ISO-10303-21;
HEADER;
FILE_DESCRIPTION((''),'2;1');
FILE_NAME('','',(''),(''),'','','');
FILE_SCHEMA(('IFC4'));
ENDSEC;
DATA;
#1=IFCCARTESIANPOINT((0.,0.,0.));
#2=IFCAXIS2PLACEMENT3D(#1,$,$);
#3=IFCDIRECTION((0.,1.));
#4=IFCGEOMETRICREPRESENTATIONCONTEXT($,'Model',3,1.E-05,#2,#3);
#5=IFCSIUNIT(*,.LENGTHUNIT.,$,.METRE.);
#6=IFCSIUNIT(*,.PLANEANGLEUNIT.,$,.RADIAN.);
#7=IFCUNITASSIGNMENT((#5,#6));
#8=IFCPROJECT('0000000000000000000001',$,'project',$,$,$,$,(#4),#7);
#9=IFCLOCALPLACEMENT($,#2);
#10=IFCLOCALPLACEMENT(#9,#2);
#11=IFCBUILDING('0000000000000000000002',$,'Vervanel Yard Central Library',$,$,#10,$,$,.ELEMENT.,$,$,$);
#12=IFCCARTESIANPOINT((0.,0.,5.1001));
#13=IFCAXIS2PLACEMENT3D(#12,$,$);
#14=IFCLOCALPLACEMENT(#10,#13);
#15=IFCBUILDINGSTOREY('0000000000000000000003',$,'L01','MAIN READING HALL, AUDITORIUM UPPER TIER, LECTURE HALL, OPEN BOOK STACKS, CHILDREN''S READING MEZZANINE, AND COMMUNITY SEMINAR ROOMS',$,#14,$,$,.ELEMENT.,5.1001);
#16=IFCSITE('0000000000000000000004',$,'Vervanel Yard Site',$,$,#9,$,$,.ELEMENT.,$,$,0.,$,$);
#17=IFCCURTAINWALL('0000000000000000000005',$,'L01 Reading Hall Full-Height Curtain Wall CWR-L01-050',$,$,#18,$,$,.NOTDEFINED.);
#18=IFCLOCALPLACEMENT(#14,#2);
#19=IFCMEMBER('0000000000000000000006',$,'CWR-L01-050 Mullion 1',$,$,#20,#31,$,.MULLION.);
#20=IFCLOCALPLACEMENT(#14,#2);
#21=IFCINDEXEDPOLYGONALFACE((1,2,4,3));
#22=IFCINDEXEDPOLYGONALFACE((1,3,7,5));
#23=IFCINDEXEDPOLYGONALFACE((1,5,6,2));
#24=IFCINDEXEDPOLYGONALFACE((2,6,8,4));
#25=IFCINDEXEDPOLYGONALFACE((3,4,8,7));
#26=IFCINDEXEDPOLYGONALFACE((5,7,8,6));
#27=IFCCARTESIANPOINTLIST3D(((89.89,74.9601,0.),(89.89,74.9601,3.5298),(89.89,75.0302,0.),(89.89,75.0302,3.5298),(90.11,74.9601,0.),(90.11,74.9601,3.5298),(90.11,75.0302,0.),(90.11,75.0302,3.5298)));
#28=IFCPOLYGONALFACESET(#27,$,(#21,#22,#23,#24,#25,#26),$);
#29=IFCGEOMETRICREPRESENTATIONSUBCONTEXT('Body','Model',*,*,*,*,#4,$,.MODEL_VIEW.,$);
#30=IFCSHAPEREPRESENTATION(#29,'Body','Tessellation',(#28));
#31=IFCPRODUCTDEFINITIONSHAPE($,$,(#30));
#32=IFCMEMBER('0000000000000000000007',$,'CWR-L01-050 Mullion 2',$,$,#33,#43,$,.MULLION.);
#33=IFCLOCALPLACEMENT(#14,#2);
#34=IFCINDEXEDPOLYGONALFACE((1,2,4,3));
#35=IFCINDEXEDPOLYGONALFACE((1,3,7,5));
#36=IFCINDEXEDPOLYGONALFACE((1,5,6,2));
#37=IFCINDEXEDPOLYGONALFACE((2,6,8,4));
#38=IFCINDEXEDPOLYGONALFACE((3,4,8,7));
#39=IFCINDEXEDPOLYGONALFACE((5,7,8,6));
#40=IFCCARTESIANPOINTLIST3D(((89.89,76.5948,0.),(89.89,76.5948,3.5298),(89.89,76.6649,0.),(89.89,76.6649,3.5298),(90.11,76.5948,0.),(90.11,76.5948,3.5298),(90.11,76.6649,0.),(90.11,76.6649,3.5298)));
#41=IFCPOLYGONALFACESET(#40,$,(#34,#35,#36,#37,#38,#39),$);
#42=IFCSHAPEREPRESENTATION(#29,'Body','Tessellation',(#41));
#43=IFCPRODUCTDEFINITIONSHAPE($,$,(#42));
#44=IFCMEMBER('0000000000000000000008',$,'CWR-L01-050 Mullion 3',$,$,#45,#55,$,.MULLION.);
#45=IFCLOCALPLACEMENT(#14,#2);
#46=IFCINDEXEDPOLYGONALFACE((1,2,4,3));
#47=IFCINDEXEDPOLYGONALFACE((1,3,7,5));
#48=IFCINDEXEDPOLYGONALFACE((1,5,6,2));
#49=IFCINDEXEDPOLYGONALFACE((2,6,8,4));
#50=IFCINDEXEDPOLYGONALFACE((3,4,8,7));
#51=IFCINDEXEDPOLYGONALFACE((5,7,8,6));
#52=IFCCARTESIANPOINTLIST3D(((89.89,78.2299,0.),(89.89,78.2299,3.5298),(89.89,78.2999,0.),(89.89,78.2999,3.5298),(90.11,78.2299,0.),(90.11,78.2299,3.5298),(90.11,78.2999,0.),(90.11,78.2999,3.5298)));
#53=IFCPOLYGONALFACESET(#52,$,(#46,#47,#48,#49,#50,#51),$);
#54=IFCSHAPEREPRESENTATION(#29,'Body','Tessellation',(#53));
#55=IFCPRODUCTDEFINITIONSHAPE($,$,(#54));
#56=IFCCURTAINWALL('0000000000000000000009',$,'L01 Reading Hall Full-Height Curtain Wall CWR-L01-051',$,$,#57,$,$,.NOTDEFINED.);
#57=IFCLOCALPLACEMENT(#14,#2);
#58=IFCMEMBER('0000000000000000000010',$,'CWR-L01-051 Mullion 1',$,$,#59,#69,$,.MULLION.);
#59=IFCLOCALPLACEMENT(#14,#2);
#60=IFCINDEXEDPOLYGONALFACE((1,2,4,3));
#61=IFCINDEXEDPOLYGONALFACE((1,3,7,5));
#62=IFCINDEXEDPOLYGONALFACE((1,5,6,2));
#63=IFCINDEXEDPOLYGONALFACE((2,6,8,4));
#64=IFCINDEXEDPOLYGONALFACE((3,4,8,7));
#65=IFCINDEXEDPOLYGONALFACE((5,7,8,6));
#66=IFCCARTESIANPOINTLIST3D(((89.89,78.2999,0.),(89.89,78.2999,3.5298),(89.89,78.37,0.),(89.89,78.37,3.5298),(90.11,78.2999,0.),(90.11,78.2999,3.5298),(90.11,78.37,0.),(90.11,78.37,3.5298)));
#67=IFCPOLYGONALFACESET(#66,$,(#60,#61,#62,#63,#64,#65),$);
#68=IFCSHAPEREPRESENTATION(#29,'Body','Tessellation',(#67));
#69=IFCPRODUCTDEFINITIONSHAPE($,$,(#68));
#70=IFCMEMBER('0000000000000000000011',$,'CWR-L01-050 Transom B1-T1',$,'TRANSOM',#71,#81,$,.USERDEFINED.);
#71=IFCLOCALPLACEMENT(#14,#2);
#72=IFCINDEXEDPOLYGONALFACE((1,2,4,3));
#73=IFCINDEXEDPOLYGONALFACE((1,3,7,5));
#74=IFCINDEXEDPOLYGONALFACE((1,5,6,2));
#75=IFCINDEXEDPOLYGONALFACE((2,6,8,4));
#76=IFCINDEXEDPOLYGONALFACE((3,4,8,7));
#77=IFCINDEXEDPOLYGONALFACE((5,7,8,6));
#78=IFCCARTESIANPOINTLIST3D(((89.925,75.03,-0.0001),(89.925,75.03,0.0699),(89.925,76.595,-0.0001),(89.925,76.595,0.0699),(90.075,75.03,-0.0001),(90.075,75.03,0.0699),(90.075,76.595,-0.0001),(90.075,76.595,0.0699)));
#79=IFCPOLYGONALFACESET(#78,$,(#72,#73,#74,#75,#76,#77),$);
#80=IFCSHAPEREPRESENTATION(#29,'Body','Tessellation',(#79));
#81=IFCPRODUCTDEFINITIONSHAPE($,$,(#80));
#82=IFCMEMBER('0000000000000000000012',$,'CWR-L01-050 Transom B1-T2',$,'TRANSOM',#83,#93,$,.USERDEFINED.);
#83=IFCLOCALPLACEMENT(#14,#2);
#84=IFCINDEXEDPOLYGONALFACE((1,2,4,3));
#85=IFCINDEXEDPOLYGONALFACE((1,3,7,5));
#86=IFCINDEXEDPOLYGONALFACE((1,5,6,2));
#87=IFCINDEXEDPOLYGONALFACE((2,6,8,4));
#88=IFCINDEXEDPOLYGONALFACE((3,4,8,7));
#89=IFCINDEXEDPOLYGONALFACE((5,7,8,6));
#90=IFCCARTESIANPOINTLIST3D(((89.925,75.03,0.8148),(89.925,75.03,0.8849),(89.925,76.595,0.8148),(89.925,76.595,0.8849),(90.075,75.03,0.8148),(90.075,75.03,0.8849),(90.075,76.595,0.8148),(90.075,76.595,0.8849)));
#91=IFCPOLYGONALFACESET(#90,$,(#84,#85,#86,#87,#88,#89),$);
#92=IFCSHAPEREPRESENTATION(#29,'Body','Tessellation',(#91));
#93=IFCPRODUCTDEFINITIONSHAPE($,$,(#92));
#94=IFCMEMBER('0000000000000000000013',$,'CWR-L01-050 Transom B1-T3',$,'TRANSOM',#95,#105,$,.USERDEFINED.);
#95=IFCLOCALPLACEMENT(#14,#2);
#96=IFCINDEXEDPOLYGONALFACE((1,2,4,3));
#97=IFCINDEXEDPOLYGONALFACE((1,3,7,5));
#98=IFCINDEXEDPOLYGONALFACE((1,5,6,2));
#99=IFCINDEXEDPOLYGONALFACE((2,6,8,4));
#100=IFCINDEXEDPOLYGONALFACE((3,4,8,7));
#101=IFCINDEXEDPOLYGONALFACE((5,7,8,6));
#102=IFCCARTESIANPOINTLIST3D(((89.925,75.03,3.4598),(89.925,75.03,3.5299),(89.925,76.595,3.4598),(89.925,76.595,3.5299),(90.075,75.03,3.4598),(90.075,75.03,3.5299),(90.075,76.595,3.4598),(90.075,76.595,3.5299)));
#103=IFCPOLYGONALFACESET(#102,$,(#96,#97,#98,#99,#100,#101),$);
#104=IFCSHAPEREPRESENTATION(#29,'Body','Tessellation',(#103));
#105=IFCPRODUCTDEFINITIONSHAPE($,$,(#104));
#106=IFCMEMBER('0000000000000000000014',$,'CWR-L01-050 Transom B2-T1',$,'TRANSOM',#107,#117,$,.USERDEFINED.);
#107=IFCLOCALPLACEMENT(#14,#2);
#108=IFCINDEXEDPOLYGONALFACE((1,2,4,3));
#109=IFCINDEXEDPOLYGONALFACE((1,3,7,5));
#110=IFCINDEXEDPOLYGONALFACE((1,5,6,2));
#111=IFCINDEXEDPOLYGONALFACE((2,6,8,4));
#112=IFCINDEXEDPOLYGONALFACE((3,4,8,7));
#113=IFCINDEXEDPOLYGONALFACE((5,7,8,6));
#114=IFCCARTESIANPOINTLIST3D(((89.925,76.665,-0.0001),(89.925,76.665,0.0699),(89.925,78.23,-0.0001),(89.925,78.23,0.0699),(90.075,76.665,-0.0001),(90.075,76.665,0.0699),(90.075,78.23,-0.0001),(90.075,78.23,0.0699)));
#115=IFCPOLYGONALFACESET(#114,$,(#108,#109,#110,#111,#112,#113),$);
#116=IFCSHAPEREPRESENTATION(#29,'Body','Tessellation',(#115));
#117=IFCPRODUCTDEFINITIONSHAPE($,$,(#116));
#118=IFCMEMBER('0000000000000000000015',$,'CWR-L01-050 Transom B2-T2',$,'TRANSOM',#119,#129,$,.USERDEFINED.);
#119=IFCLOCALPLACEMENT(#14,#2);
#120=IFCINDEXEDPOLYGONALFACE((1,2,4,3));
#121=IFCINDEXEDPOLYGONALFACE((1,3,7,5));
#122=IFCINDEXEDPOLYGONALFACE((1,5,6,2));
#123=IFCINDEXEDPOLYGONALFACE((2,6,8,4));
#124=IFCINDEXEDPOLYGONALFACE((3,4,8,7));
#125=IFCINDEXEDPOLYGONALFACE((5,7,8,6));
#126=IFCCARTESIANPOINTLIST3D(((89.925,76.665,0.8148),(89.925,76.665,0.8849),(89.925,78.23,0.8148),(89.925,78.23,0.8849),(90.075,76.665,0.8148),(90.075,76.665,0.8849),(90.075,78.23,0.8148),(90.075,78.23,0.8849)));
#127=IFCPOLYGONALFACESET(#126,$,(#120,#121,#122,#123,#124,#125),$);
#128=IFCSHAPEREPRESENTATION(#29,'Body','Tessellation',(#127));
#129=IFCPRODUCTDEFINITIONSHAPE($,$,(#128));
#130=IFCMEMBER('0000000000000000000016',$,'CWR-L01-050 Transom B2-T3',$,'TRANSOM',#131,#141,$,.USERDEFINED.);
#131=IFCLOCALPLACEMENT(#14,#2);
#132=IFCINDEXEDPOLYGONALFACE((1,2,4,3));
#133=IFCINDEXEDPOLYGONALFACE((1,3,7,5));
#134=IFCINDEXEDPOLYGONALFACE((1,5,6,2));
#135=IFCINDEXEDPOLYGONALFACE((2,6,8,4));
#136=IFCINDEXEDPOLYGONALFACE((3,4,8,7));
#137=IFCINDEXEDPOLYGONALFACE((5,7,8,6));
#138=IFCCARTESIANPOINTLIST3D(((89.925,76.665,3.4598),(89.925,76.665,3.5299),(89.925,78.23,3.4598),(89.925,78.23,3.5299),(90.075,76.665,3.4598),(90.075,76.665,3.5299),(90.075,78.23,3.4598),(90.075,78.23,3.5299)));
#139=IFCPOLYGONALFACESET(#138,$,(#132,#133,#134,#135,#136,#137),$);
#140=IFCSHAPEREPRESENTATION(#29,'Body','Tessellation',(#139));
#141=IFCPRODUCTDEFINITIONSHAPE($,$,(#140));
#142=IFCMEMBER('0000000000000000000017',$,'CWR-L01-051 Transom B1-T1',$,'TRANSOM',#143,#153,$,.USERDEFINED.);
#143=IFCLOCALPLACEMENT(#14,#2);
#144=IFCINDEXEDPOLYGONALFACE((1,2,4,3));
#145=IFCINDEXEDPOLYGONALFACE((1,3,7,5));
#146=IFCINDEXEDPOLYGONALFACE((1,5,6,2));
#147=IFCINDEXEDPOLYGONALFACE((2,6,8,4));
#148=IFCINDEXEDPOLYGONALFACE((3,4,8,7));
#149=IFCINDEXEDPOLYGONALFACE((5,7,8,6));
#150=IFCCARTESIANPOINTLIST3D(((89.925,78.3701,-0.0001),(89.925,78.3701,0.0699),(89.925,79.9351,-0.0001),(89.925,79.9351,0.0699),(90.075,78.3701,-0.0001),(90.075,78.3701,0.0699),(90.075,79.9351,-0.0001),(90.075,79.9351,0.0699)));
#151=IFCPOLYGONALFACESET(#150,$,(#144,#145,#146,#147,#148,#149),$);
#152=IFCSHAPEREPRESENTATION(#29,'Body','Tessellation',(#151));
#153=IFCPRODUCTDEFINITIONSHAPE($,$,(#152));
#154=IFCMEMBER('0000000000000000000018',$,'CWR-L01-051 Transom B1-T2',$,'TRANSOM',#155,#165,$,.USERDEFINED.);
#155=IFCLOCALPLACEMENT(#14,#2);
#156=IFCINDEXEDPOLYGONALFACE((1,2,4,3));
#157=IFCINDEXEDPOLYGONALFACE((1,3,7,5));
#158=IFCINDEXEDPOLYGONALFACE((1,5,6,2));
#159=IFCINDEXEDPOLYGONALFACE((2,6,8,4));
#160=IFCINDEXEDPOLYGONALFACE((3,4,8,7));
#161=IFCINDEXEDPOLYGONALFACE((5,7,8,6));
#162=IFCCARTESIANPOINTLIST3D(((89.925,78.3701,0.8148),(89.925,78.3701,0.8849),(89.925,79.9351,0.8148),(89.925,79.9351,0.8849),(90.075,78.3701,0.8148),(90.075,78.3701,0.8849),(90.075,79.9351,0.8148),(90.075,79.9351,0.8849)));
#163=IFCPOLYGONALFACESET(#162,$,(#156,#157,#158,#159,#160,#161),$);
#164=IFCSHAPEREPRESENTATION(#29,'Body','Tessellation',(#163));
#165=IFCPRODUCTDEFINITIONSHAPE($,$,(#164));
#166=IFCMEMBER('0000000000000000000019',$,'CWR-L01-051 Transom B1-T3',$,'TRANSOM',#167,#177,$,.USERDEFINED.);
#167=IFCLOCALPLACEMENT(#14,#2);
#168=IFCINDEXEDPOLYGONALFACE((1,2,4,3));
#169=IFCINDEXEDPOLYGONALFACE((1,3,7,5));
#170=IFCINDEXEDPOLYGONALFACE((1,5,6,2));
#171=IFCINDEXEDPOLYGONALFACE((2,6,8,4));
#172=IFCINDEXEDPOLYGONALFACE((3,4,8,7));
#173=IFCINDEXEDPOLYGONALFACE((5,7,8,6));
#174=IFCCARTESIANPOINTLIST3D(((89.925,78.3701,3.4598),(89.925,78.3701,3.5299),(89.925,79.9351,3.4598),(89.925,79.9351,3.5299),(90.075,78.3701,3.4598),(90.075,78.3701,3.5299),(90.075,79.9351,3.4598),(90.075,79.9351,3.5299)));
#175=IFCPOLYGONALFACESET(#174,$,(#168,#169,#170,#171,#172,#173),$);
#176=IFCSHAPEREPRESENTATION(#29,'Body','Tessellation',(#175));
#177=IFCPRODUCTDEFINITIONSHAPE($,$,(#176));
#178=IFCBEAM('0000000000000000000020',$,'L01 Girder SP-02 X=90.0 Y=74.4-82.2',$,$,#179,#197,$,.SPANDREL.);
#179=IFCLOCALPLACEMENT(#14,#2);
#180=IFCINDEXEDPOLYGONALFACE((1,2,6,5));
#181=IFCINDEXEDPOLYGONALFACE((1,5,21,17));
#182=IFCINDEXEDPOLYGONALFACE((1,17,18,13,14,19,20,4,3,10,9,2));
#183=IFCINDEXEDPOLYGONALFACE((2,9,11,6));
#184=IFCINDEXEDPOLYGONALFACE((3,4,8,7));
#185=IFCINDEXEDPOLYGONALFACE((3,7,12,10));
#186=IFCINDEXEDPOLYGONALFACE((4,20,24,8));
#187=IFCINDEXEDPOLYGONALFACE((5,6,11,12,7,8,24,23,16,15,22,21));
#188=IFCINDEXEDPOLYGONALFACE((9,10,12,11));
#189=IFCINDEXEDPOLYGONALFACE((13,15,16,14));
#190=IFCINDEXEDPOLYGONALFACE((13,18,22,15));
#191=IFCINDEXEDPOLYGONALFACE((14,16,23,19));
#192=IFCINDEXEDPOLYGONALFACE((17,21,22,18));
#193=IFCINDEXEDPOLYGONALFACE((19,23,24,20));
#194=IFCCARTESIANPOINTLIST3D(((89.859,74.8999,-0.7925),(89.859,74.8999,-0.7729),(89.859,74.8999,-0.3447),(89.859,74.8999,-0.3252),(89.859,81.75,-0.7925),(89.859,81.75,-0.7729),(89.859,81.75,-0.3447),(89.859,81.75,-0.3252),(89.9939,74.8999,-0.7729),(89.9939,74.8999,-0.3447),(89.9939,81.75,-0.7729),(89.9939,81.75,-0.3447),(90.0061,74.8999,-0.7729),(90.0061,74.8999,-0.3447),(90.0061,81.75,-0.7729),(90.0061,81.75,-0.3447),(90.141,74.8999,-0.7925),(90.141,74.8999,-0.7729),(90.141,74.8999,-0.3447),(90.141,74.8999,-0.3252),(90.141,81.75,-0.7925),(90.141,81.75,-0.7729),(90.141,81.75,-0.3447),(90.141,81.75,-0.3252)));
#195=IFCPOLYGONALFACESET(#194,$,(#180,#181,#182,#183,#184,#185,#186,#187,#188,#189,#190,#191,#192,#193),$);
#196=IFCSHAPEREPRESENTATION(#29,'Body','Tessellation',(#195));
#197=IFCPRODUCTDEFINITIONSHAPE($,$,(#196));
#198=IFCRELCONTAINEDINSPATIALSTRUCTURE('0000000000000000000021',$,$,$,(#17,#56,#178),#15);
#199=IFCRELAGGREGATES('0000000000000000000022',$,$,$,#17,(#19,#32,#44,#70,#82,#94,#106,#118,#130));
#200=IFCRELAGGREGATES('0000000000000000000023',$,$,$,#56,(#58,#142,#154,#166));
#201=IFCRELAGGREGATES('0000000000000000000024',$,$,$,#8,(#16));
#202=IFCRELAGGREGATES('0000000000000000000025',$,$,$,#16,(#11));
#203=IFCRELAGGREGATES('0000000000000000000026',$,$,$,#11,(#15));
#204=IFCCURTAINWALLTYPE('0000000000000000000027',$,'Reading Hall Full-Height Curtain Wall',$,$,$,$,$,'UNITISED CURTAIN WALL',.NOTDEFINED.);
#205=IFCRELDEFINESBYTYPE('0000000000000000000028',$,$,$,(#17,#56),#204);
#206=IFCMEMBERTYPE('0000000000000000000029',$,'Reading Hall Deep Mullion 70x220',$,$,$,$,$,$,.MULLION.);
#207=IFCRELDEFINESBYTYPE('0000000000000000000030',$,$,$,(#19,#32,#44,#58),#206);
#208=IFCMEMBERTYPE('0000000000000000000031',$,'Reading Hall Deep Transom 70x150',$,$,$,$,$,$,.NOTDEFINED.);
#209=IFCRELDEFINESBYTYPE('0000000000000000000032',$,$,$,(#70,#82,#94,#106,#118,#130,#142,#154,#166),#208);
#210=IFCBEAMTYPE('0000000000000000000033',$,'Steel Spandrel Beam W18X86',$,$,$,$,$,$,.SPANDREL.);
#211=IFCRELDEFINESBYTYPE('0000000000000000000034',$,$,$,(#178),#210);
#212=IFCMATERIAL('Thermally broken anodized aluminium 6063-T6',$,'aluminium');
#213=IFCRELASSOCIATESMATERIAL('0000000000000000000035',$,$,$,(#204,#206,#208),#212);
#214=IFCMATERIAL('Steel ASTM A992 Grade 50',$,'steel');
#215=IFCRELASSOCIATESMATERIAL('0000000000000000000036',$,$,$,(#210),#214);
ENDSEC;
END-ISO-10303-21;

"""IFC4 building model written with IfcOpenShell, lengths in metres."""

from ifc_helpers import new_model, si_unit, direction, frame, origin, origin_2d, place, context, subcontext, project, spatial, rectangle, i_section, extrude, material, material_profile, profile_set, type_object, element, aggregate, save


model = new_model("IFC4")

# Units and contexts
model_context = context("Model", 3, precision=1e-05, world=origin(), true_north=direction((0.0, 1.0)))
body_context = subcontext(model_context, "Body", "Model", "MODEL_VIEW")
ifc_project = project(units=[si_unit("LENGTHUNIT", "METRE"), si_unit("PLANEANGLEUNIT", "RADIAN")], contexts=[model_context])

# Site, building, storey
site_placement = place(None, origin())
site = spatial("IfcSite", under=ifc_project, at=site_placement, Name="Vervanel Yard Site", CompositionType="ELEMENT", RefElevation=0.0)
building_placement = place(site_placement, origin())
building = spatial("IfcBuilding", under=site, at=building_placement, Name="Vervanel Yard Central Library", CompositionType="ELEMENT")
storey_placement = place(building_placement, frame((0.0, 0.0, 5.1001)))
storey = spatial("IfcBuildingStorey", under=building, at=storey_placement, Name="L01", Description="MAIN READING HALL, AUDITORIUM UPPER TIER, LECTURE HALL, OPEN BOOK STACKS, CHILDREN'S READING MEZZANINE, AND COMMUNITY SEMINAR ROOMS", CompositionType="ELEMENT", Elevation=5.1001)

# Curtain wall, members
ifc_material_1 = material(Name="Thermally broken anodized aluminium 6063-T6", Category="aluminium")
curtain_wall_type = type_object("IfcCurtainWallType", Name="Reading Hall Full-Height Curtain Wall", ElementType="UNITISED CURTAIN WALL", PredefinedType="NOTDEFINED", material=ifc_material_1)
curtain_wall_1_placement = place(storey_placement, origin())
curtain_wall_1 = element("IfcCurtainWall", 1, at=curtain_wall_1_placement, inside=storey, type_object=curtain_wall_type, Name="L01 Reading Hall Full-Height Curtain Wall CWR-L01-050", PredefinedType="NOTDEFINED")
ifc_material_profile_1 = material_profile(ifc_material_1, rectangle(XDim=0.0701, YDim=0.22, at=origin_2d()), Name="ALU 70x220", Category="aluminium")
ifc_profile_set_1 = profile_set([ifc_material_profile_1], Name="Thermally broken anodized aluminium 6063-T6")
member_type_1 = type_object("IfcMemberType", Name="Reading Hall Deep Mullion 70x220", PredefinedType="MULLION", material=ifc_profile_set_1)
member_1_placement = place(storey_placement, frame((90.0, 74.9951, 0.0), z_axis=(0.0, 0.0, 1.0), x_axis=(0.0, 1.0, 0.0)))
member_1 = element("IfcMember", 2, at=member_1_placement, type_object=member_type_1, Name="CWR-L01-050 Mullion 1", PredefinedType="MULLION", context=body_context, shape_type="SweptSolid", body=[
    extrude(rectangle(XDim=0.0701, YDim=0.22, at=origin_2d()), origin(), (0.0, 0.0, 1.0), 3.5298),
])
member_2_placement = place(storey_placement, frame((90.0, 76.6299, 0.0), z_axis=(0.0, 0.0, 1.0), x_axis=(0.0, 1.0, 0.0)))
member_2 = element("IfcMember", 3, at=member_2_placement, type_object=member_type_1, Name="CWR-L01-050 Mullion 2", PredefinedType="MULLION", context=body_context, shape_type="SweptSolid", body=[
    extrude(rectangle(XDim=0.0701, YDim=0.22, at=origin_2d()), origin(), (0.0, 0.0, 1.0), 3.5298),
])
member_3_placement = place(storey_placement, frame((90.0, 78.2649, 0.0), z_axis=(0.0, 0.0, 1.0), x_axis=(0.0, 1.0, 0.0)))
member_3 = element("IfcMember", 4, at=member_3_placement, type_object=member_type_1, Name="CWR-L01-050 Mullion 3", PredefinedType="MULLION", context=body_context, shape_type="SweptSolid", body=[
    extrude(rectangle(XDim=0.0701, YDim=0.22, at=origin_2d()), origin(), (0.0, 0.0, 1.0), 3.5298),
])

# Curtain wall, member
curtain_wall_2_placement = place(storey_placement, origin())
curtain_wall_2 = element("IfcCurtainWall", 5, at=curtain_wall_2_placement, inside=storey, type_object=curtain_wall_type, Name="L01 Reading Hall Full-Height Curtain Wall CWR-L01-051", PredefinedType="NOTDEFINED")
member_4_placement = place(storey_placement, frame((90.0, 78.335, 0.0), z_axis=(0.0, 0.0, 1.0), x_axis=(0.0, 1.0, 0.0)))
member_4 = element("IfcMember", 6, at=member_4_placement, type_object=member_type_1, Name="CWR-L01-051 Mullion 1", PredefinedType="MULLION", context=body_context, shape_type="SweptSolid", body=[
    extrude(rectangle(XDim=0.0701, YDim=0.22, at=origin_2d()), origin(), (0.0, 0.0, 1.0), 3.5298),
])

# Members
ifc_material_profile_2 = material_profile(ifc_material_1, rectangle(XDim=0.0701, YDim=0.1499, at=origin_2d()), Name="ALU 70x150", Category="aluminium")
ifc_profile_set_2 = profile_set([ifc_material_profile_2], Name="Thermally broken anodized aluminium 6063-T6")
member_type_2 = type_object("IfcMemberType", Name="Reading Hall Deep Transom 70x150", PredefinedType="NOTDEFINED", material=ifc_profile_set_2)
member_5_placement = place(storey_placement, frame((90.0, 75.03, 0.0349), z_axis=(0.0, 1.0, 0.0), x_axis=(0.0, 0.0, 1.0)))
member_5 = element("IfcMember", 7, at=member_5_placement, type_object=member_type_2, Name="CWR-L01-050 Transom B1-T1", ObjectType="TRANSOM", PredefinedType="USERDEFINED", context=body_context, shape_type="SweptSolid", body=[
    extrude(rectangle(XDim=0.0701, YDim=0.1499, at=origin_2d()), origin(), (0.0, 0.0, 1.0), 1.5649),
])
member_6_placement = place(storey_placement, frame((90.0, 75.03, 0.8499), z_axis=(0.0, 1.0, 0.0), x_axis=(0.0, 0.0, 1.0)))
member_6 = element("IfcMember", 8, at=member_6_placement, type_object=member_type_2, Name="CWR-L01-050 Transom B1-T2", ObjectType="TRANSOM", PredefinedType="USERDEFINED", context=body_context, shape_type="SweptSolid", body=[
    extrude(rectangle(XDim=0.0701, YDim=0.1499, at=origin_2d()), origin(), (0.0, 0.0, 1.0), 1.5649),
])
member_7_placement = place(storey_placement, frame((90.0, 75.03, 3.4949), z_axis=(0.0, 1.0, 0.0), x_axis=(0.0, 0.0, 1.0)))
member_7 = element("IfcMember", 9, at=member_7_placement, type_object=member_type_2, Name="CWR-L01-050 Transom B1-T3", ObjectType="TRANSOM", PredefinedType="USERDEFINED", context=body_context, shape_type="SweptSolid", body=[
    extrude(rectangle(XDim=0.0701, YDim=0.1499, at=origin_2d()), origin(), (0.0, 0.0, 1.0), 1.5649),
])
member_8_placement = place(storey_placement, frame((90.0, 76.665, 0.0349), z_axis=(0.0, 1.0, 0.0), x_axis=(0.0, 0.0, 1.0)))
member_8 = element("IfcMember", 10, at=member_8_placement, type_object=member_type_2, Name="CWR-L01-050 Transom B2-T1", ObjectType="TRANSOM", PredefinedType="USERDEFINED", context=body_context, shape_type="SweptSolid", body=[
    extrude(rectangle(XDim=0.0701, YDim=0.1499, at=origin_2d()), origin(), (0.0, 0.0, 1.0), 1.5649),
])
member_9_placement = place(storey_placement, frame((90.0, 76.665, 0.8499), z_axis=(0.0, 1.0, 0.0), x_axis=(0.0, 0.0, 1.0)))
member_9 = element("IfcMember", 11, at=member_9_placement, type_object=member_type_2, Name="CWR-L01-050 Transom B2-T2", ObjectType="TRANSOM", PredefinedType="USERDEFINED", context=body_context, shape_type="SweptSolid", body=[
    extrude(rectangle(XDim=0.0701, YDim=0.1499, at=origin_2d()), origin(), (0.0, 0.0, 1.0), 1.5649),
])
member_10_placement = place(storey_placement, frame((90.0, 76.665, 3.4949), z_axis=(0.0, 1.0, 0.0), x_axis=(0.0, 0.0, 1.0)))
member_10 = element("IfcMember", 12, at=member_10_placement, type_object=member_type_2, Name="CWR-L01-050 Transom B2-T3", ObjectType="TRANSOM", PredefinedType="USERDEFINED", context=body_context, shape_type="SweptSolid", body=[
    extrude(rectangle(XDim=0.0701, YDim=0.1499, at=origin_2d()), origin(), (0.0, 0.0, 1.0), 1.5649),
])
member_11_placement = place(storey_placement, frame((90.0, 78.3701, 0.0349), z_axis=(0.0, 1.0, 0.0), x_axis=(0.0, 0.0, 1.0)))
member_11 = element("IfcMember", 13, at=member_11_placement, type_object=member_type_2, Name="CWR-L01-051 Transom B1-T1", ObjectType="TRANSOM", PredefinedType="USERDEFINED", context=body_context, shape_type="SweptSolid", body=[
    extrude(rectangle(XDim=0.0701, YDim=0.1499, at=origin_2d()), origin(), (0.0, 0.0, 1.0), 1.5649),
])
member_12_placement = place(storey_placement, frame((90.0, 78.3701, 0.8499), z_axis=(0.0, 1.0, 0.0), x_axis=(0.0, 0.0, 1.0)))
member_12 = element("IfcMember", 14, at=member_12_placement, type_object=member_type_2, Name="CWR-L01-051 Transom B1-T2", ObjectType="TRANSOM", PredefinedType="USERDEFINED", context=body_context, shape_type="SweptSolid", body=[
    extrude(rectangle(XDim=0.0701, YDim=0.1499, at=origin_2d()), origin(), (0.0, 0.0, 1.0), 1.5649),
])
member_13_placement = place(storey_placement, frame((90.0, 78.3701, 3.4949), z_axis=(0.0, 1.0, 0.0), x_axis=(0.0, 0.0, 1.0)))
member_13 = element("IfcMember", 15, at=member_13_placement, type_object=member_type_2, Name="CWR-L01-051 Transom B1-T3", ObjectType="TRANSOM", PredefinedType="USERDEFINED", context=body_context, shape_type="SweptSolid", body=[
    extrude(rectangle(XDim=0.0701, YDim=0.1499, at=origin_2d()), origin(), (0.0, 0.0, 1.0), 1.5649),
])

# Beam
ifc_material_2 = material(Name="Steel ASTM A992 Grade 50", Category="steel")
ifc_material_profile_3 = material_profile(ifc_material_2, i_section(OverallWidth=0.282, OverallDepth=0.4673, WebThickness=0.0122, FlangeThickness=0.0195, at=origin_2d()), Name="W18X86", Category="steel")
ifc_profile_set_3 = profile_set([ifc_material_profile_3], Name="Steel ASTM A992 Grade 50")
beam_type = type_object("IfcBeamType", Name="Steel Spandrel Beam W18X86", PredefinedType="SPANDREL", material=ifc_profile_set_3)
beam_placement = place(storey_placement, frame((90.0, 74.8999, -0.5588), z_axis=(0.0, 1.0, 0.0), x_axis=(-1.0, 0.0, 0.0)))
element("IfcBeam", 16, at=beam_placement, inside=storey, type_object=beam_type, Name="L01 Girder SP-02 X=90.0 Y=74.4-82.2", PredefinedType="SPANDREL", context=body_context, shape_type="SweptSolid", body=[
    extrude(i_section(OverallWidth=0.282, OverallDepth=0.4673, WebThickness=0.0122, FlangeThickness=0.0195, at=origin_2d()), origin(), (0.0, 0.0, 1.0), 6.8501),
])

aggregate(curtain_wall_1, [member_1, member_2, member_3, member_5, member_6, member_7, member_8, member_9, member_10])
aggregate(curtain_wall_2, [member_4, member_11, member_12, member_13])

save(model, "model.ifc")
